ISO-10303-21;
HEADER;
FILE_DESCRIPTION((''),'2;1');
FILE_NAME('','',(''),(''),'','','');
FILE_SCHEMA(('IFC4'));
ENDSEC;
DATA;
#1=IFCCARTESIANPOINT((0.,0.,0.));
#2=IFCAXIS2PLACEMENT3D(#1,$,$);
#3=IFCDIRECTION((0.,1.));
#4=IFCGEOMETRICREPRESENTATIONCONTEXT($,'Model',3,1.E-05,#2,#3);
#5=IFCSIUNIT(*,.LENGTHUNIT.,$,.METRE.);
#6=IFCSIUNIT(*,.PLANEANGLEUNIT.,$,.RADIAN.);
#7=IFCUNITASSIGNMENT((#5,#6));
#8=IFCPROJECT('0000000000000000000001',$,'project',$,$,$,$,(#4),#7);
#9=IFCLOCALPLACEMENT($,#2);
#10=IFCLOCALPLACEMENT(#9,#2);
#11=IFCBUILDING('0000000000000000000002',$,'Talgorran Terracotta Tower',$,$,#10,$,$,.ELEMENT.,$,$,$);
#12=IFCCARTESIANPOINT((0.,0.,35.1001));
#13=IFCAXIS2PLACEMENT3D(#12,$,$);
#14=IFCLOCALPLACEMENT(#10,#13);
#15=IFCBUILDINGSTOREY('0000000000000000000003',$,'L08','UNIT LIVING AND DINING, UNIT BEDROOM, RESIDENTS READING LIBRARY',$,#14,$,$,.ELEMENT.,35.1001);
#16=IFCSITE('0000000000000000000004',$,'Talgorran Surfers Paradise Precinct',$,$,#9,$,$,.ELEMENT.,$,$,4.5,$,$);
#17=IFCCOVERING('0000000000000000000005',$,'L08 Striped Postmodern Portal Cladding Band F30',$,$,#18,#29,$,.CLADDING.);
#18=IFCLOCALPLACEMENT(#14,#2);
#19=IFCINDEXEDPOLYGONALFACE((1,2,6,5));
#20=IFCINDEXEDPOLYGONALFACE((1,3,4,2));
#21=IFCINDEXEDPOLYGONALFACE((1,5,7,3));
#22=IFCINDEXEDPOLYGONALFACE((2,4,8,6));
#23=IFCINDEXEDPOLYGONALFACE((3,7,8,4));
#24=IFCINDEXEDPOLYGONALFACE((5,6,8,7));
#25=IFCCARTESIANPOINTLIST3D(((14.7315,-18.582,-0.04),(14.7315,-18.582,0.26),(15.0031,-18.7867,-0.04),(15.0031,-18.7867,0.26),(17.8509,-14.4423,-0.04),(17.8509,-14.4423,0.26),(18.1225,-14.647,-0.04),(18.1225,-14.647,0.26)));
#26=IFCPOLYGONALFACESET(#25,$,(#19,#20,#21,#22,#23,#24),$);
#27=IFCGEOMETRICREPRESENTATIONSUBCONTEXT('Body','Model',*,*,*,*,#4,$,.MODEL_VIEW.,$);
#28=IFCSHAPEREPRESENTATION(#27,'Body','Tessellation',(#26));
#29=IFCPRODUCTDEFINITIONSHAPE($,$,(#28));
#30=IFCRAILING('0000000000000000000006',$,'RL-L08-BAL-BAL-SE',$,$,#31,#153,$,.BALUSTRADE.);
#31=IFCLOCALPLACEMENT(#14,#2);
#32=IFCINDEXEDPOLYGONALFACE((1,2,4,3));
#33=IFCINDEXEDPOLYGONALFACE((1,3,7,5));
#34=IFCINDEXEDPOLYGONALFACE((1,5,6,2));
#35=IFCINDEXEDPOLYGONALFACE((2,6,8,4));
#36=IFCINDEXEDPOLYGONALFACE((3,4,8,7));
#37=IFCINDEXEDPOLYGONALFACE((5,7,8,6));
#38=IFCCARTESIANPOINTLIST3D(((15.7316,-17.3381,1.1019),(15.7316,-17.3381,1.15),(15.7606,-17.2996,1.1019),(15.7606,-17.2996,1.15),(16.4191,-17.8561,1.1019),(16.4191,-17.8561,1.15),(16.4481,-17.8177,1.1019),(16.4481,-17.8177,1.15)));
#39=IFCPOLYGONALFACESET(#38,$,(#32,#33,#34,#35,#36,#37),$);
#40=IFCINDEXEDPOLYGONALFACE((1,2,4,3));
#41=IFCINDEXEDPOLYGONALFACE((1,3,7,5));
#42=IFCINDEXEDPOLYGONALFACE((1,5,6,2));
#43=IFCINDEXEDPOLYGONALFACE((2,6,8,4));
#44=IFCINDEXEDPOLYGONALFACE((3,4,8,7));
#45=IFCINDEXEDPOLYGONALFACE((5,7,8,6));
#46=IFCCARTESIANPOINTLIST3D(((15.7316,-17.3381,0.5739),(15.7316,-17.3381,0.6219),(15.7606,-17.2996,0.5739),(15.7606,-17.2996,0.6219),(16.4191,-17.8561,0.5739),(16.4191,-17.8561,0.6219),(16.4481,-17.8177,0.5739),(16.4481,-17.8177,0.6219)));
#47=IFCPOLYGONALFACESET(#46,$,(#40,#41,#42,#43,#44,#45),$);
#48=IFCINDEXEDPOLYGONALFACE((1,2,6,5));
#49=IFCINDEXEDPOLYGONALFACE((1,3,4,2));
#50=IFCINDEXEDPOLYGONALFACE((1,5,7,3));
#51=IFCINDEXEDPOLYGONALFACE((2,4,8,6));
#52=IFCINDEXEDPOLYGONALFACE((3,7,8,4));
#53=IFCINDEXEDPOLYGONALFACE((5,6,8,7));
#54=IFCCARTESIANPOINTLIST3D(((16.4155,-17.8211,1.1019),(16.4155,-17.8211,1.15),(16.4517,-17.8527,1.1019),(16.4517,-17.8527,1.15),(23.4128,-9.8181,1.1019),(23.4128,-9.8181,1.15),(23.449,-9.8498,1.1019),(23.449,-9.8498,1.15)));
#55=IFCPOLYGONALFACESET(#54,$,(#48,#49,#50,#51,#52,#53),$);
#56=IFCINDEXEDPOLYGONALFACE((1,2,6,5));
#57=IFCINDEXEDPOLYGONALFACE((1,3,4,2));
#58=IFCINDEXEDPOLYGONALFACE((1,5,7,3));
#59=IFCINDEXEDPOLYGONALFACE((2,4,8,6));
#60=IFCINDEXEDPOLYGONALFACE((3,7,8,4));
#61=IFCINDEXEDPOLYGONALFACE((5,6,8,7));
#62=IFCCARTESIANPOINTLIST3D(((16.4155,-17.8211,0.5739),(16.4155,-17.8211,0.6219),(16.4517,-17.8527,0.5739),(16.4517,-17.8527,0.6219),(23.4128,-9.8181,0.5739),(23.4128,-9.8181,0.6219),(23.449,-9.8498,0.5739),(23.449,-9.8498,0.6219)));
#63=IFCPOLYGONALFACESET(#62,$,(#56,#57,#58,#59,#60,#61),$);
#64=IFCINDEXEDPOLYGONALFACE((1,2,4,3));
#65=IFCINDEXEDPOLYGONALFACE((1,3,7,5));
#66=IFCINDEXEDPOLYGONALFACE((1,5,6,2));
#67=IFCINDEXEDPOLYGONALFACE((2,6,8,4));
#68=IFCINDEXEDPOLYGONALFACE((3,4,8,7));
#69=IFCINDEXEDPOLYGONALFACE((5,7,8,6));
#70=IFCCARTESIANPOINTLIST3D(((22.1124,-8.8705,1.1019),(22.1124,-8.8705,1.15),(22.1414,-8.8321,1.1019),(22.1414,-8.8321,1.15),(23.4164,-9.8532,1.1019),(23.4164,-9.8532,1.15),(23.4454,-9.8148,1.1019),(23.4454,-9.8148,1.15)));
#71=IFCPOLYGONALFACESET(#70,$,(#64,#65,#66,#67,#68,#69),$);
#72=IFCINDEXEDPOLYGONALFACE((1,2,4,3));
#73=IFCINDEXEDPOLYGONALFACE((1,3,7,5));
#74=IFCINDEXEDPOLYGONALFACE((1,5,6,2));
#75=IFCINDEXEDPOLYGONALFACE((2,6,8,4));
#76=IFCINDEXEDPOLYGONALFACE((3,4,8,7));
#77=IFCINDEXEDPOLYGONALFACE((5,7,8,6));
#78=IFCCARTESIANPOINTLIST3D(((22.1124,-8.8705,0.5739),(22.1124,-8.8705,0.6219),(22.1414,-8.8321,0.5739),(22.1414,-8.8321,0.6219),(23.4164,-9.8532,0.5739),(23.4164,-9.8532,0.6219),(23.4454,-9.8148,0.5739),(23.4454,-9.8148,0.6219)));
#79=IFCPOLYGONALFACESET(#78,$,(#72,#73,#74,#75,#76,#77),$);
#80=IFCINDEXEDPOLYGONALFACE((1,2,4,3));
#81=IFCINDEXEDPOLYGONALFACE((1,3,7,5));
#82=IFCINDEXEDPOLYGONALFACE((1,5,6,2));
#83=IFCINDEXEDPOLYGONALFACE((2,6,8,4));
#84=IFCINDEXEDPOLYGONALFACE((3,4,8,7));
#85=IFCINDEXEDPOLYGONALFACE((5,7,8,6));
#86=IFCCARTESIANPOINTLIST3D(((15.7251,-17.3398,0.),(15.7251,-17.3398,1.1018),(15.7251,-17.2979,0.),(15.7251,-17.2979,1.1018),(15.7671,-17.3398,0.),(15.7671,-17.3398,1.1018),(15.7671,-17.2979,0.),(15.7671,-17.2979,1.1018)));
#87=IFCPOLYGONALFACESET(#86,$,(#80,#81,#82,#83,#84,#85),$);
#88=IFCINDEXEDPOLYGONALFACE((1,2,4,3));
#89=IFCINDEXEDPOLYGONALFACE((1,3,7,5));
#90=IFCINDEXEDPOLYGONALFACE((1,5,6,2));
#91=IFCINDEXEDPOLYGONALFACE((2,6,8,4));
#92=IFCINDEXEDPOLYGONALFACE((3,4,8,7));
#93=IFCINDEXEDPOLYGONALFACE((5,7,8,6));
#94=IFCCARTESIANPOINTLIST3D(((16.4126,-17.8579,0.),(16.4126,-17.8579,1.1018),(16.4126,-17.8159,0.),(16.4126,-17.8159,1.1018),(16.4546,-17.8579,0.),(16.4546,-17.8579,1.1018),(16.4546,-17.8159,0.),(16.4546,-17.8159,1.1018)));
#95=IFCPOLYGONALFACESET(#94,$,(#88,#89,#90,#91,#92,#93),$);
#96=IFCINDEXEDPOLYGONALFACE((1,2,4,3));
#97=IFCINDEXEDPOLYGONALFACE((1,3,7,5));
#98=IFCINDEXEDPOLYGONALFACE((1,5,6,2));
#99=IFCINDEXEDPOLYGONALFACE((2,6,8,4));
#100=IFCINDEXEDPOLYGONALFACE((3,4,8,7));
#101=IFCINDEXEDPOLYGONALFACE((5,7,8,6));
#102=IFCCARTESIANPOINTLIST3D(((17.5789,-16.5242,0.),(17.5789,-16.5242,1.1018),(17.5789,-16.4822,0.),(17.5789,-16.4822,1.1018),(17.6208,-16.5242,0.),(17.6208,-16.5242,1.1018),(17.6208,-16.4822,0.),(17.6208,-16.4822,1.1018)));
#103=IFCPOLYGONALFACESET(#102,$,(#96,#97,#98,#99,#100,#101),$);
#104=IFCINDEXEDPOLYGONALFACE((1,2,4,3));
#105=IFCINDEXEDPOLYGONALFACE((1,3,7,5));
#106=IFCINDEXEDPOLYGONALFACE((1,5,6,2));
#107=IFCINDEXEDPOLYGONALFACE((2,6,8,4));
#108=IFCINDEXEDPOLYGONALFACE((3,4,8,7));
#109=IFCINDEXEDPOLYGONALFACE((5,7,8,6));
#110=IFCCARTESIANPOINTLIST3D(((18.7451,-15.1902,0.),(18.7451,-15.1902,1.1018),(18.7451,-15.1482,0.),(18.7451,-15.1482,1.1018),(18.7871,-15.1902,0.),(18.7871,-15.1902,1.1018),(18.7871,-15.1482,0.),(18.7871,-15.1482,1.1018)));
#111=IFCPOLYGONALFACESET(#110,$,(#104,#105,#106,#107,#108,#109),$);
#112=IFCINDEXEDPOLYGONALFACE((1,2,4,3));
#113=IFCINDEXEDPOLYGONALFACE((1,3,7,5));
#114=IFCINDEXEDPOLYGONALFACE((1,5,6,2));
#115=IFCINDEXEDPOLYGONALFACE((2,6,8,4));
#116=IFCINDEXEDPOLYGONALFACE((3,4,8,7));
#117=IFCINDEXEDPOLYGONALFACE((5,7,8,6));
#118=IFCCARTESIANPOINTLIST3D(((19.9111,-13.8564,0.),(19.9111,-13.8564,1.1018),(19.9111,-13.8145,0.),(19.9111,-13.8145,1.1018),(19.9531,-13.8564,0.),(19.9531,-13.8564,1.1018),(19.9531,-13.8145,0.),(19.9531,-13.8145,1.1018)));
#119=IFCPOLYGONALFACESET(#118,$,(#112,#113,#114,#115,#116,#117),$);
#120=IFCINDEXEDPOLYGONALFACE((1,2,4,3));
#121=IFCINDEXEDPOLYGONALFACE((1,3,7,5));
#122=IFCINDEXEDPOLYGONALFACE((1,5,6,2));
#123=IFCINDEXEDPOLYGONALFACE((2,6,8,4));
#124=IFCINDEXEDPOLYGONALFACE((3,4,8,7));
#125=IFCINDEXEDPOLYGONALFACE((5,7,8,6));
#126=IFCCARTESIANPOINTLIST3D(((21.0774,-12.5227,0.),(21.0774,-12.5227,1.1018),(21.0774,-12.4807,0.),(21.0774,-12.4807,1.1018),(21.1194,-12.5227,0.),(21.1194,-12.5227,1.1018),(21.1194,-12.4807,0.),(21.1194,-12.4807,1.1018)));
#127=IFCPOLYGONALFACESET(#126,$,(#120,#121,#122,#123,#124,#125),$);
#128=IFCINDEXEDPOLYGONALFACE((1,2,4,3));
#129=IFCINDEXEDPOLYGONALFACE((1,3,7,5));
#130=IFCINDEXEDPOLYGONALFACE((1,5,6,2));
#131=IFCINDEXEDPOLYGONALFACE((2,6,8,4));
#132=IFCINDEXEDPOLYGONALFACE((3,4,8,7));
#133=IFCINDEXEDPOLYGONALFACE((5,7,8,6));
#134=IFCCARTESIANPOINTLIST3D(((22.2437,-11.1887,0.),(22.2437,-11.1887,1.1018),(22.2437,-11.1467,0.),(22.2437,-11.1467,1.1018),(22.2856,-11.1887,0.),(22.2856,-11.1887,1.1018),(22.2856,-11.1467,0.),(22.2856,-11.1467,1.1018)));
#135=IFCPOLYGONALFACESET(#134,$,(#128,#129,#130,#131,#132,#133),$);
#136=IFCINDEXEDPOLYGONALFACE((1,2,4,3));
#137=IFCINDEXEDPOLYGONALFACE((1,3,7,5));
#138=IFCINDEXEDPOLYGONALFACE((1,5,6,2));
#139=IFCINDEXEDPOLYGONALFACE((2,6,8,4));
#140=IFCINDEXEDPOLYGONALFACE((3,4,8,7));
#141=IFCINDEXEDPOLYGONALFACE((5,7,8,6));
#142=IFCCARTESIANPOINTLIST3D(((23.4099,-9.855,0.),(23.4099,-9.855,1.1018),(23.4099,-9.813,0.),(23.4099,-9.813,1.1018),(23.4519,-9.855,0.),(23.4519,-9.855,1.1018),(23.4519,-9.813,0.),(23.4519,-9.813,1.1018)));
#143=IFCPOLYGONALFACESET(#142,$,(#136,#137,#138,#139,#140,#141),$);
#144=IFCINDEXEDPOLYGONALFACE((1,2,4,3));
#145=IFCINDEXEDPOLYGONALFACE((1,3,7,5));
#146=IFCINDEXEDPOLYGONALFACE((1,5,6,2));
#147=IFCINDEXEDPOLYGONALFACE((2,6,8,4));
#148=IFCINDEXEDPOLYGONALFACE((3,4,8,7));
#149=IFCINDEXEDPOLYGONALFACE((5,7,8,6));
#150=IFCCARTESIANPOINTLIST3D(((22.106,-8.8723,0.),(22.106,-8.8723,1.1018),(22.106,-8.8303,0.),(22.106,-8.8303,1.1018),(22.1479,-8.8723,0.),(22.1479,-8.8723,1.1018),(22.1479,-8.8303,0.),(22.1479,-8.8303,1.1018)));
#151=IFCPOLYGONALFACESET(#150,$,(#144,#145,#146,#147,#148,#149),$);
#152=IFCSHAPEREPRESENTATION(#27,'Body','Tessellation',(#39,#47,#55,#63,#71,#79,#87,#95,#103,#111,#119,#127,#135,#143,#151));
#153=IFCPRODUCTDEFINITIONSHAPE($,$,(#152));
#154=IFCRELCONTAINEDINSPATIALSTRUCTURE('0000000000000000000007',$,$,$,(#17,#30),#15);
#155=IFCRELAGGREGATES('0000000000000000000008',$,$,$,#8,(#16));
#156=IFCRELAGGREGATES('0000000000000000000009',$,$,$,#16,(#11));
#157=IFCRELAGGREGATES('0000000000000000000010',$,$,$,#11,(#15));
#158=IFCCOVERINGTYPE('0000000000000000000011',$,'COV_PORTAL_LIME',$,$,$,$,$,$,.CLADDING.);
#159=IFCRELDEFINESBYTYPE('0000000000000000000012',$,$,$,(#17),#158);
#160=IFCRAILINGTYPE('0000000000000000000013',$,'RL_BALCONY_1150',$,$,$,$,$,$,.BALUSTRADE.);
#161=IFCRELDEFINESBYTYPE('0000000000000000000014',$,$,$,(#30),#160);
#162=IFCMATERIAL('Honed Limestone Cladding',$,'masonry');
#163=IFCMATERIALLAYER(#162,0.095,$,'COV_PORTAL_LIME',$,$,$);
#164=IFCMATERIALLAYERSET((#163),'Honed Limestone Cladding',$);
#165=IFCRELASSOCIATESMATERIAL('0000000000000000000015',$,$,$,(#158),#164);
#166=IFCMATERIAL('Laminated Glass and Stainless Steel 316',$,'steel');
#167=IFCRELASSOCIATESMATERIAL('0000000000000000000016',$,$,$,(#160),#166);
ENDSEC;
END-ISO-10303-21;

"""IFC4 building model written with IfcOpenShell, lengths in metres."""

from ifc_helpers import new_model, si_unit, direction, frame, origin, origin_2d, place, context, subcontext, project, spatial, rectangle, extrude, material, layer, layer_set, type_object, element, save


model = new_model("IFC4")

# Units and contexts
model_context = context("Model", 3, precision=1e-05, world=origin(), true_north=direction((0.0, 1.0)))
body_context = subcontext(model_context, "Body", "Model", "MODEL_VIEW")
ifc_project = project(units=[si_unit("LENGTHUNIT", "METRE"), si_unit("PLANEANGLEUNIT", "RADIAN")], contexts=[model_context])

# Site, building, storey
site_placement = place(None, origin())
site = spatial("IfcSite", under=ifc_project, at=site_placement, Name="Talgorran Surfers Paradise Precinct", CompositionType="ELEMENT", RefElevation=4.5)
building_placement = place(site_placement, origin())
building = spatial("IfcBuilding", under=site, at=building_placement, Name="Talgorran Terracotta Tower", CompositionType="ELEMENT")
storey_placement = place(building_placement, frame((0.0, 0.0, 35.1001)))
storey = spatial("IfcBuildingStorey", under=building, at=storey_placement, Name="L08", Description="UNIT LIVING AND DINING, UNIT BEDROOM, RESIDENTS READING LIBRARY", CompositionType="ELEMENT", Elevation=35.1001)

# Covering
ifc_material_1 = material(Name="Honed Limestone Cladding", Category="masonry")
ifc_layer_1 = layer(ifc_material_1, 0.095, Name="COV_PORTAL_LIME")
ifc_layer_set_1 = layer_set([ifc_layer_1], Name="Honed Limestone Cladding")
covering_type_1 = type_object("IfcCoveringType", Name="COV_PORTAL_LIME", PredefinedType="CLADDING", material=ifc_layer_set_1)
covering_1_placement = place(storey_placement, frame((16.427, -16.6145, -0.04), z_axis=(0.0, 0.0, 1.0), x_axis=(0.601801, 0.798646, 0.0)))
element("IfcCovering", 1, at=covering_1_placement, inside=storey, type_object=covering_type_1, Name="L08 Striped Postmodern Portal Cladding Band F30", PredefinedType="CLADDING", context=body_context, shape_type="SweptSolid", body=[
    extrude(rectangle(XDim=5.1833, YDim=0.3401, at=origin_2d()), origin(), (0.0, 0.0, 1.0), 0.3),
])

# Railing
ifc_material_2 = material(Name="Laminated Glass and Stainless Steel 316", Category="steel")
railing_type = type_object("IfcRailingType", Name="RL_BALCONY_1150", PredefinedType="BALUSTRADE", material=ifc_material_2)
railing_placement = place(storey_placement, frame((15.7461, -17.3188, 0.0)))
element("IfcRailing", 2, at=railing_placement, inside=storey, type_object=railing_type, Name="RL-L08-BAL-BAL-SE", PredefinedType="BALUSTRADE", context=body_context, shape_type="SweptSolid", body=[
    extrude(rectangle(XDim=0.0481, YDim=0.0481, at=origin_2d()), frame((0.0, 0.0, 1.126), z_axis=(0.798637, -0.601814, 0.0), x_axis=(0.601814, 0.798637, 0.0)), (0.0, 0.0, 1.0), 0.8608),
    extrude(rectangle(XDim=0.0481, YDim=0.0481, at=origin_2d()), frame((0.0, 0.0, 0.5979), z_axis=(0.798637, -0.601814, 0.0), x_axis=(0.601814, 0.798637, 0.0)), (0.0, 0.0, 1.0), 0.8608),
    extrude(rectangle(XDim=0.0481, YDim=0.0481, at=origin_2d()), frame((0.6875, -0.5181, 1.126), z_axis=(0.658225, 0.752821, 0.0), x_axis=(-0.752821, 0.658225, 0.0)), (0.0, 0.0, 1.0), 10.6306),
    extrude(rectangle(XDim=0.0481, YDim=0.0481, at=origin_2d()), frame((0.6875, -0.5181, 0.5979), z_axis=(0.658225, 0.752821, 0.0), x_axis=(-0.752821, 0.658225, 0.0)), (0.0, 0.0, 1.0), 10.6306),
    extrude(rectangle(XDim=0.0481, YDim=0.0481, at=origin_2d()), frame((7.6848, 7.4849, 1.126), z_axis=(-0.798616, 0.601841, 0.0), x_axis=(-0.601841, -0.798616, 0.0)), (0.0, 0.0, 1.0), 1.6328),
    extrude(rectangle(XDim=0.0481, YDim=0.0481, at=origin_2d()), frame((7.6848, 7.4849, 0.5979), z_axis=(-0.798616, 0.601841, 0.0), x_axis=(-0.601841, -0.798616, 0.0)), (0.0, 0.0, 1.0), 1.6328),
    extrude(rectangle(XDim=0.042, YDim=0.042, at=origin_2d()), origin(), (0.0, 0.0, 1.0), 1.1018),
    extrude(rectangle(XDim=0.042, YDim=0.042, at=origin_2d()), frame((0.6875, -0.5181, 0.0)), (0.0, 0.0, 1.0), 1.1018),
    extrude(rectangle(XDim=0.042, YDim=0.042, at=origin_2d()), frame((1.8538, 0.8157, 0.0)), (0.0, 0.0, 1.0), 1.1018),
    extrude(rectangle(XDim=0.042, YDim=0.042, at=origin_2d()), frame((3.02, 2.1497, 0.0)), (0.0, 0.0, 1.0), 1.1018),
    extrude(rectangle(XDim=0.042, YDim=0.042, at=origin_2d()), frame((4.186, 3.4834, 0.0)), (0.0, 0.0, 1.0), 1.1018),
    extrude(rectangle(XDim=0.042, YDim=0.042, at=origin_2d()), frame((5.3523, 4.8171, 0.0)), (0.0, 0.0, 1.0), 1.1018),
    extrude(rectangle(XDim=0.042, YDim=0.042, at=origin_2d()), frame((6.5186, 6.1511, 0.0)), (0.0, 0.0, 1.0), 1.1018),
    extrude(rectangle(XDim=0.042, YDim=0.042, at=origin_2d()), frame((7.6848, 7.4849, 0.0)), (0.0, 0.0, 1.0), 1.1018),
    extrude(rectangle(XDim=0.042, YDim=0.042, at=origin_2d()), frame((6.3809, 8.4675, 0.0)), (0.0, 0.0, 1.0), 1.1018),
])

save(model, "model.ifc")
